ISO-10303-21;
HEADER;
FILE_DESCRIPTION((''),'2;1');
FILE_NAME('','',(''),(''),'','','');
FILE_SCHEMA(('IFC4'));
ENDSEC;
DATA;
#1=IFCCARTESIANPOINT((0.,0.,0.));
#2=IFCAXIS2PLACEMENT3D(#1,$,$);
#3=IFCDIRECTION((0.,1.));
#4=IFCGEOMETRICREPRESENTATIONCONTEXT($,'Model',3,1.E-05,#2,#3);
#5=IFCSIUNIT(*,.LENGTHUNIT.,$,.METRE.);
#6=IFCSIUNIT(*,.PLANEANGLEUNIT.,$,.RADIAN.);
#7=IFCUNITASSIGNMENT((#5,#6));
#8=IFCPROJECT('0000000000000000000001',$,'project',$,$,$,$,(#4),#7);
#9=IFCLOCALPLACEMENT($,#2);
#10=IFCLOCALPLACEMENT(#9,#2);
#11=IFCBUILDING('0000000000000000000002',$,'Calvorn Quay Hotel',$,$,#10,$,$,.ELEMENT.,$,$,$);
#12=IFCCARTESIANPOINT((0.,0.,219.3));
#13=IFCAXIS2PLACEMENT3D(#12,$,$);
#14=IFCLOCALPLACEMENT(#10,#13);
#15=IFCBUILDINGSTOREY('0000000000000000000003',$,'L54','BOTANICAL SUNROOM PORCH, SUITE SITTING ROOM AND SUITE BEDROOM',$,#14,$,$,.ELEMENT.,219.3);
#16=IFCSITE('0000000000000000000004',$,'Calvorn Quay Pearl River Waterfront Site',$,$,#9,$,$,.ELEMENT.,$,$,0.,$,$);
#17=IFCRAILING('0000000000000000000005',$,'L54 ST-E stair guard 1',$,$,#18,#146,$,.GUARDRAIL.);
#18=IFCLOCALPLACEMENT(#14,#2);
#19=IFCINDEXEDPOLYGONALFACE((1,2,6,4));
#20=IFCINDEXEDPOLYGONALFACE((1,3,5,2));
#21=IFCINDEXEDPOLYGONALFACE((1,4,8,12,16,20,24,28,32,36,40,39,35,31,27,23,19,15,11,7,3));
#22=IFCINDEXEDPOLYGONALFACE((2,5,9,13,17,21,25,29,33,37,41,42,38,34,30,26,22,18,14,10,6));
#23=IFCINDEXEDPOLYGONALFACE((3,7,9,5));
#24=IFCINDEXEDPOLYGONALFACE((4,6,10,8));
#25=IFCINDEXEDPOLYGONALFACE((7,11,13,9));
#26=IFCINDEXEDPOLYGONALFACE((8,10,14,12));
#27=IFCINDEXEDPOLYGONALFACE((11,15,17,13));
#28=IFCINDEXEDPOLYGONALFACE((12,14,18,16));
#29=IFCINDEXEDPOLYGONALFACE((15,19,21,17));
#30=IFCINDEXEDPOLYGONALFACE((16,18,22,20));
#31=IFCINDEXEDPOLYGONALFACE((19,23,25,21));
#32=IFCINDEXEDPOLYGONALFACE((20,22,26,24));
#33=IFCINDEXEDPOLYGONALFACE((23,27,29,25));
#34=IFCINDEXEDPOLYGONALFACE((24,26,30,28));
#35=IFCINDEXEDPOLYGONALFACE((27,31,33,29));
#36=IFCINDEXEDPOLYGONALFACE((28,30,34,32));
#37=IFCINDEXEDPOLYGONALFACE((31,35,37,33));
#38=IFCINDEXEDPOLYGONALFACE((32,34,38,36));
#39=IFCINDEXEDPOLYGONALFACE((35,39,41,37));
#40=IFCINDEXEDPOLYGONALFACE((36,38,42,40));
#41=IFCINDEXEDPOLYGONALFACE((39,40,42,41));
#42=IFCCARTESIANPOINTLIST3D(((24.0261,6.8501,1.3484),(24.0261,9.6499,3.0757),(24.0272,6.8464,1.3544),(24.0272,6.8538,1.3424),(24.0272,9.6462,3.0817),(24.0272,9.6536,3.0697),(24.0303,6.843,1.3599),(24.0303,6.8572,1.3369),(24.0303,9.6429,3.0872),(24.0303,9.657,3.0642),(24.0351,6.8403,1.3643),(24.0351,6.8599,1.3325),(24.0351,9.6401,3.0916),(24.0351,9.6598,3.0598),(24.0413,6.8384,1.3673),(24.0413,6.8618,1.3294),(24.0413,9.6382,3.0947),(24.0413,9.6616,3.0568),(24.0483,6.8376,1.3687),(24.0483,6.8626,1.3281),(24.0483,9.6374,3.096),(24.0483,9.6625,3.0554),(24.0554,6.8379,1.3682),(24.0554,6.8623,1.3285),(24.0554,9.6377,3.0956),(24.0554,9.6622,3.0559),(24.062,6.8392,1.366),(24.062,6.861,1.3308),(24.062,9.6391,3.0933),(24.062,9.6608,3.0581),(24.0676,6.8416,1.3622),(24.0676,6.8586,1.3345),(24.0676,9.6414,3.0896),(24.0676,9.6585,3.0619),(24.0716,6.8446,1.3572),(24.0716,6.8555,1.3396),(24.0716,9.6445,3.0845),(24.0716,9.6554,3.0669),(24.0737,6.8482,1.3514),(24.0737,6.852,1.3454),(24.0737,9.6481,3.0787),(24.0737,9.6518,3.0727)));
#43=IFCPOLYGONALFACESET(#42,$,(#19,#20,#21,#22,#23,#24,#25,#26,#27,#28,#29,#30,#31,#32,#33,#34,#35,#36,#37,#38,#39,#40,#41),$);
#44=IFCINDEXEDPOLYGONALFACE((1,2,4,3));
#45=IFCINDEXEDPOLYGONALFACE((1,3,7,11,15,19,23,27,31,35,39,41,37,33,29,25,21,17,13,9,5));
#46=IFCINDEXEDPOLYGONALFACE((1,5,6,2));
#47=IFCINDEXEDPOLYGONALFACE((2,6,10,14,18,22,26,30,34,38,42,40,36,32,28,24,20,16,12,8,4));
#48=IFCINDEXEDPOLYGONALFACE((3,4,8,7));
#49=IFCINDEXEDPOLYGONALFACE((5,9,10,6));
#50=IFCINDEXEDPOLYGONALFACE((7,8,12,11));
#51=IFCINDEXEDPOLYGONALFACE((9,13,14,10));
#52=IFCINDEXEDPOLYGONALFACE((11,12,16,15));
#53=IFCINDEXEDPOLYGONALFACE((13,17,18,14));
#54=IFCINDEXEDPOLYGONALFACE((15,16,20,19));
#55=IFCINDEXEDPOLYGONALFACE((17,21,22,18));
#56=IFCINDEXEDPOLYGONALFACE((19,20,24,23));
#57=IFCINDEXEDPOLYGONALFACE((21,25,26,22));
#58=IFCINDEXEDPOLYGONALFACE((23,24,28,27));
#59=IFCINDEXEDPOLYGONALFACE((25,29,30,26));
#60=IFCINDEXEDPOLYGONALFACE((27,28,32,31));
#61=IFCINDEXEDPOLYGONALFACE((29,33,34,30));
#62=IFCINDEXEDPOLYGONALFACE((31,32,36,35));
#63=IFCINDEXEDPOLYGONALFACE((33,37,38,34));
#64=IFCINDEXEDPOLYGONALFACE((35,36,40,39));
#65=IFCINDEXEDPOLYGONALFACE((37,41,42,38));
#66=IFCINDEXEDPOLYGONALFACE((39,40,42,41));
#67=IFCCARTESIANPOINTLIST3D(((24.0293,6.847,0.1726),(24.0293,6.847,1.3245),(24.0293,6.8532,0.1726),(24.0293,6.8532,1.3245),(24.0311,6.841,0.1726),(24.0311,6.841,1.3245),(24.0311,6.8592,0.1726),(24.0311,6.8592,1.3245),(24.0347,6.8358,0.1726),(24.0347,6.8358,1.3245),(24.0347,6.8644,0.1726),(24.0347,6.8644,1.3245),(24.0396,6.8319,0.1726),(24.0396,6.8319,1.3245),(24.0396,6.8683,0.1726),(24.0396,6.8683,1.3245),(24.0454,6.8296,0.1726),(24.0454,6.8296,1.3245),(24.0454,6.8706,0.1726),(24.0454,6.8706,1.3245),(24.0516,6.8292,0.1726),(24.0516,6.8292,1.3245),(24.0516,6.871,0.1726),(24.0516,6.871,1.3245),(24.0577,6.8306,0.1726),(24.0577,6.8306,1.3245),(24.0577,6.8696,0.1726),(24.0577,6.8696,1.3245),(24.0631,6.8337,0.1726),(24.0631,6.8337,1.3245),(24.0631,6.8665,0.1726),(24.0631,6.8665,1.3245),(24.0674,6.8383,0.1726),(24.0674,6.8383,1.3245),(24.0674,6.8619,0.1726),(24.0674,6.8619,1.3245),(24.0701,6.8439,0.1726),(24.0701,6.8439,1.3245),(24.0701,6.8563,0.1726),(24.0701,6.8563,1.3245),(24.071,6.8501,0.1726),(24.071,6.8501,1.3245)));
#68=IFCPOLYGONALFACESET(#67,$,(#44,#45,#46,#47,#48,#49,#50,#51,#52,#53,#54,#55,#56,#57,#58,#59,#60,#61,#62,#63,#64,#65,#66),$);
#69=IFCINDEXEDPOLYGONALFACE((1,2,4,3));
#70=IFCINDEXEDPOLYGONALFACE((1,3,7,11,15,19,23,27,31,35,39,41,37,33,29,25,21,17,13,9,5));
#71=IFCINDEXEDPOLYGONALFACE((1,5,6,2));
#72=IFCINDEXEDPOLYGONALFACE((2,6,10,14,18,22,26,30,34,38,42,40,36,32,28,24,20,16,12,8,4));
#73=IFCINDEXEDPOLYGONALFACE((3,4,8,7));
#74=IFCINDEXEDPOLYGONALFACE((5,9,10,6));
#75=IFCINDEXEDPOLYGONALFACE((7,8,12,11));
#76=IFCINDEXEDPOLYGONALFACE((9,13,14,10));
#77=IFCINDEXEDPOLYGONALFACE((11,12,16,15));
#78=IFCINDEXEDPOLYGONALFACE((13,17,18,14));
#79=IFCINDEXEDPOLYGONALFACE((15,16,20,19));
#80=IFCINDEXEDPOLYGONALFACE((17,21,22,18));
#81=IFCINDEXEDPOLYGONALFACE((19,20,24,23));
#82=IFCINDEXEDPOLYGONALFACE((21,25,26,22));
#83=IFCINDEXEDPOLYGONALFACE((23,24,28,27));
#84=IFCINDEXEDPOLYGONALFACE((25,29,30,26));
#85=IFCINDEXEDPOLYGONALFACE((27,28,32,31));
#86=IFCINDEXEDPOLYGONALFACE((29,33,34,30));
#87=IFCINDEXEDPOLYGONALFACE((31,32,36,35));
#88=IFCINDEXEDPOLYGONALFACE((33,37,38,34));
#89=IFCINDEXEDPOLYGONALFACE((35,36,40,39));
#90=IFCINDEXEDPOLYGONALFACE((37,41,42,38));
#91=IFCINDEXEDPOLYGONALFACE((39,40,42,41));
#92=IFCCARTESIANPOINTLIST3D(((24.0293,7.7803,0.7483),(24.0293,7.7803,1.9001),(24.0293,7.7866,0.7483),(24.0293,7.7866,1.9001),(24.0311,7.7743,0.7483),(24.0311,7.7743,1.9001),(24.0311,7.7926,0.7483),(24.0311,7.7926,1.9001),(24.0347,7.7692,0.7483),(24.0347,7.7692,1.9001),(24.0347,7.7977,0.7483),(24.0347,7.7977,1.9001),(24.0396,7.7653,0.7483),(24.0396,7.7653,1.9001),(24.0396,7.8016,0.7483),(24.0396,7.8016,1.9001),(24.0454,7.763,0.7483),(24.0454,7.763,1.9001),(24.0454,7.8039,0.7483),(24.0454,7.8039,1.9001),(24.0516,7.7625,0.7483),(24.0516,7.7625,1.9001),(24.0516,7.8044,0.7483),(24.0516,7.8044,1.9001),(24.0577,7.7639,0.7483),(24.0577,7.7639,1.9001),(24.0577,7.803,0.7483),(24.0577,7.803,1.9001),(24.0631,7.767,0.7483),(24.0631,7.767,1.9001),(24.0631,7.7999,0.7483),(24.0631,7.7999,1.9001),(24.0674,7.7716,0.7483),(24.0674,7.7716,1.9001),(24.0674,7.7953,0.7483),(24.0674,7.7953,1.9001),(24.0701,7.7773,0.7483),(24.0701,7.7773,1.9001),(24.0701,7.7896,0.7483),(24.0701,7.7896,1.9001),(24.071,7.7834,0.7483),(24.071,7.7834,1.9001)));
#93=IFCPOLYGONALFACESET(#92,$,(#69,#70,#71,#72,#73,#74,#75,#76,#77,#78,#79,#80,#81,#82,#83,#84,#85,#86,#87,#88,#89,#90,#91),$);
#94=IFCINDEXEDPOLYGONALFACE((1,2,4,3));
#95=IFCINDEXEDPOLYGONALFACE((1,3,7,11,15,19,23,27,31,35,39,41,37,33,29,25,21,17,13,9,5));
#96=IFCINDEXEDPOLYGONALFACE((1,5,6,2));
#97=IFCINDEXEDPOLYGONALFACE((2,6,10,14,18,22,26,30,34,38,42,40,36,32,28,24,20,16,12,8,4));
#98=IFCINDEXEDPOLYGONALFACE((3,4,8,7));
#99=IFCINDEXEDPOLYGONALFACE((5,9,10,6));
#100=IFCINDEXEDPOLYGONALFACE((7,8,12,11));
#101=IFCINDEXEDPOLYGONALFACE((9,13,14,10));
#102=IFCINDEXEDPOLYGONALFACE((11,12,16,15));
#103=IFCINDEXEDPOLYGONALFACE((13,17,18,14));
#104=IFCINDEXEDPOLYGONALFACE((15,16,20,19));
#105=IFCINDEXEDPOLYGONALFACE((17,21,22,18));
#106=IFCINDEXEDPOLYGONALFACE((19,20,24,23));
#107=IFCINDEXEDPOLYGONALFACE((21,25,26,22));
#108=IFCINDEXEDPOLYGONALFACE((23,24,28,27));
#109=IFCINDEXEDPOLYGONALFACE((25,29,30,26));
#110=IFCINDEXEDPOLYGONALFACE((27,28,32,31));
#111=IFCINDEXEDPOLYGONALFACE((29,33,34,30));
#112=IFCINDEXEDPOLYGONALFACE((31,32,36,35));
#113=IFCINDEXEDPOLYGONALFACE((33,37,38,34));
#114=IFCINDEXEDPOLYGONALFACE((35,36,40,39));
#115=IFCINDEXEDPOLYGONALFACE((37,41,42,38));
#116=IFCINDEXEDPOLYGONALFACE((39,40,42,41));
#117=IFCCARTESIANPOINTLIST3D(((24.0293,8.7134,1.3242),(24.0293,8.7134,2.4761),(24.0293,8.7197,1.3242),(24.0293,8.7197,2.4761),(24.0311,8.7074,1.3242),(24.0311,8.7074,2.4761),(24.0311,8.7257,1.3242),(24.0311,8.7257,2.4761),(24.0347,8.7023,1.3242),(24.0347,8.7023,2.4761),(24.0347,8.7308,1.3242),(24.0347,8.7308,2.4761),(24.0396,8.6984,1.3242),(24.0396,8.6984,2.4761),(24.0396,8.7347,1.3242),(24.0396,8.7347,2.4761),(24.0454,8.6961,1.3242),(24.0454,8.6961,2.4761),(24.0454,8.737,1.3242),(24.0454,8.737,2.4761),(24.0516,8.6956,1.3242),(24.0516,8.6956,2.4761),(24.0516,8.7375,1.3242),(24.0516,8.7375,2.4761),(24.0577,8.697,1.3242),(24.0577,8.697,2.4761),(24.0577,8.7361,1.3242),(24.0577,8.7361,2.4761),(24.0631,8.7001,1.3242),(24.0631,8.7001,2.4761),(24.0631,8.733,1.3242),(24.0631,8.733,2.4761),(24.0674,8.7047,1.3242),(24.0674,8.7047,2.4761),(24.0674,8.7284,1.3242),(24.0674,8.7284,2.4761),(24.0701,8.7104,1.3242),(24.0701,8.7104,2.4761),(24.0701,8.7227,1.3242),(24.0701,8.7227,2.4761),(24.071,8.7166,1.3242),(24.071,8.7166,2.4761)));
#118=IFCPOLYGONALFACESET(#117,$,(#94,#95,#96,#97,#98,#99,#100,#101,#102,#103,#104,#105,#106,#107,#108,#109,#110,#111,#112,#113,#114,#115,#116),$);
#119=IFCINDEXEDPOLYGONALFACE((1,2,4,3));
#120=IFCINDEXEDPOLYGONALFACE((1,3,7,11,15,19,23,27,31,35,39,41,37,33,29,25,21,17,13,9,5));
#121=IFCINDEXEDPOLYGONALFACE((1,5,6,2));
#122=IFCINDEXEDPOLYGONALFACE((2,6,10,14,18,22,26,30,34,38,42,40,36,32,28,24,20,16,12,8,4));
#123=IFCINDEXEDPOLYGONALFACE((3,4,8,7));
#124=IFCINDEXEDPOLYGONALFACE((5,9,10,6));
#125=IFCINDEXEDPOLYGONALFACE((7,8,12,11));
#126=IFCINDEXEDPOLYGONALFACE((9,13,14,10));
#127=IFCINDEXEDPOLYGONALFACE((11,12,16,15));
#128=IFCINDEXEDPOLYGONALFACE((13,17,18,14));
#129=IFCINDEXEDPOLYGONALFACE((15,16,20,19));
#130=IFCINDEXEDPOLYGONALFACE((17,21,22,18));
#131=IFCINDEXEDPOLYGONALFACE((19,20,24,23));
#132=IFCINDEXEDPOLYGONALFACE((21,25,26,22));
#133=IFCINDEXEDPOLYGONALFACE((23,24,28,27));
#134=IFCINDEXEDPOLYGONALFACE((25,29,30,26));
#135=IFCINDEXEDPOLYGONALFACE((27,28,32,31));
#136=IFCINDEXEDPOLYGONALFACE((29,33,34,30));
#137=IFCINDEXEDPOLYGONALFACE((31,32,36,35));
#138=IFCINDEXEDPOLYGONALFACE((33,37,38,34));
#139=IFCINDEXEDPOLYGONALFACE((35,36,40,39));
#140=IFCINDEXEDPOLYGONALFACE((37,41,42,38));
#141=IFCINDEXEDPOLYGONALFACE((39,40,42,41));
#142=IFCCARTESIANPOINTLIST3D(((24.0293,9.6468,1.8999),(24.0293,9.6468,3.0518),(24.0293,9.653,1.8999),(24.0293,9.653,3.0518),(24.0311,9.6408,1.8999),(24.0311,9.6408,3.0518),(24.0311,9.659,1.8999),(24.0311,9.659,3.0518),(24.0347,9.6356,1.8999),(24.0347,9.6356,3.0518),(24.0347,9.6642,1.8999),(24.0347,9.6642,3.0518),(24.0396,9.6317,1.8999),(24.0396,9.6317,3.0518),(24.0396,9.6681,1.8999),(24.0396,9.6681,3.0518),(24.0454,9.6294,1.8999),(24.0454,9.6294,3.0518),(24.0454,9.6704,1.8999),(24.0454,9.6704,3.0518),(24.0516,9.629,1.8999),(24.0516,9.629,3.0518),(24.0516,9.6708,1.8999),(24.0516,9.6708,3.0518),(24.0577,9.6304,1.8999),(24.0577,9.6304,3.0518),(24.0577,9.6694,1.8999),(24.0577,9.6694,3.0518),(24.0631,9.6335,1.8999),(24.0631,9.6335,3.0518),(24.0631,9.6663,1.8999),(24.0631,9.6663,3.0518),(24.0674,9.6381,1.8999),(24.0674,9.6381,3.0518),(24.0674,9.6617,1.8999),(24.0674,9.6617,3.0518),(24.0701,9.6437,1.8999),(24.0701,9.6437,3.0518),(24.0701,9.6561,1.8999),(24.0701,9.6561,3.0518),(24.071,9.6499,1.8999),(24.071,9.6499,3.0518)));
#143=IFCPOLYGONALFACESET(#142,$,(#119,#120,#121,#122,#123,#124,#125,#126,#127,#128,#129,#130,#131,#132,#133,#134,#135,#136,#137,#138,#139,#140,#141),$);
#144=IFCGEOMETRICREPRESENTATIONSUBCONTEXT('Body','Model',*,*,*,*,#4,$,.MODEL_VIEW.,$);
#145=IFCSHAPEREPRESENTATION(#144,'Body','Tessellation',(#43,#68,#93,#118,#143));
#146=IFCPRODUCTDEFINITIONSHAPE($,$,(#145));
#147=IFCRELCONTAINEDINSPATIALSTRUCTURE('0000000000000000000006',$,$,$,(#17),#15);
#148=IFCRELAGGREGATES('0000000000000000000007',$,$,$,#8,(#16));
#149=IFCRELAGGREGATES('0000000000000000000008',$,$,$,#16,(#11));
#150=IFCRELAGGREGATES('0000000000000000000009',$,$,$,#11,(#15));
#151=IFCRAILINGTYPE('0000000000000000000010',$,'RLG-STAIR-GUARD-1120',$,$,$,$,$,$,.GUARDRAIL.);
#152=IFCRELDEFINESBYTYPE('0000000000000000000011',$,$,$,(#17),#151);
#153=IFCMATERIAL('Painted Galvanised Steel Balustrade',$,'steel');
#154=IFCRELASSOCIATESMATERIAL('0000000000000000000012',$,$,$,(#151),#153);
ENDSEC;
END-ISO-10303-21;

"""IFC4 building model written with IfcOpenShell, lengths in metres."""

from ifc_helpers import new_model, si_unit, direction, frame, origin, origin_2d, place, context, subcontext, project, spatial, circle, extrude, material, type_object, element, save


model = new_model("IFC4")

# Units and contexts
model_context = context("Model", 3, precision=1e-05, world=origin(), true_north=direction((0.0, 1.0)))
body_context = subcontext(model_context, "Body", "Model", "MODEL_VIEW")
ifc_project = project(units=[si_unit("LENGTHUNIT", "METRE"), si_unit("PLANEANGLEUNIT", "RADIAN")], contexts=[model_context])

# Site, building, storey
site_placement = place(None, origin())
site = spatial("IfcSite", under=ifc_project, at=site_placement, Name="Calvorn Quay Pearl River Waterfront Site", CompositionType="ELEMENT", RefElevation=0.0)
building_placement = place(site_placement, origin())
building = spatial("IfcBuilding", under=site, at=building_placement, Name="Calvorn Quay Hotel", CompositionType="ELEMENT")
storey_placement = place(building_placement, frame((0.0, 0.0, 219.3)))
storey = spatial("IfcBuildingStorey", under=building, at=storey_placement, Name="L54", Description="BOTANICAL SUNROOM PORCH, SUITE SITTING ROOM AND SUITE BEDROOM", CompositionType="ELEMENT", Elevation=219.3)

# Railing
ifc_material_1 = material(Name="Painted Galvanised Steel Balustrade", Category="steel")
railing_type_1 = type_object("IfcRailingType", Name="RLG-STAIR-GUARD-1120", PredefinedType="GUARDRAIL", material=ifc_material_1)
railing_1_placement = place(storey_placement, frame((24.05, 6.8501, 0.1726)))
element("IfcRailing", 1, at=railing_1_placement, inside=storey, type_object=railing_type_1, Name="L54 ST-E stair guard 1", PredefinedType="GUARDRAIL", context=body_context, shape_type="SweptSolid", body=[
    extrude(circle(Radius=0.0239, at=origin_2d()), frame((0.0, 0.0, 1.1758), z_axis=(0.0, 0.851069, 0.525054), x_axis=(-1.0, 0.0, 0.0)), (0.0, 0.0, 1.0), 3.2898),
    extrude(circle(Radius=0.021, at=origin_2d()), origin(), (0.0, 0.0, 1.0), 1.1519),
    extrude(circle(Radius=0.021, at=origin_2d()), frame((0.0, 0.9333, 0.5757)), (0.0, 0.0, 1.0), 1.1519),
    extrude(circle(Radius=0.021, at=origin_2d()), frame((0.0, 1.8665, 1.1516)), (0.0, 0.0, 1.0), 1.1519),
    extrude(circle(Radius=0.021, at=origin_2d()), frame((0.0, 2.7998, 1.7273)), (0.0, 0.0, 1.0), 1.1519),
])

save(model, "model.ifc")
